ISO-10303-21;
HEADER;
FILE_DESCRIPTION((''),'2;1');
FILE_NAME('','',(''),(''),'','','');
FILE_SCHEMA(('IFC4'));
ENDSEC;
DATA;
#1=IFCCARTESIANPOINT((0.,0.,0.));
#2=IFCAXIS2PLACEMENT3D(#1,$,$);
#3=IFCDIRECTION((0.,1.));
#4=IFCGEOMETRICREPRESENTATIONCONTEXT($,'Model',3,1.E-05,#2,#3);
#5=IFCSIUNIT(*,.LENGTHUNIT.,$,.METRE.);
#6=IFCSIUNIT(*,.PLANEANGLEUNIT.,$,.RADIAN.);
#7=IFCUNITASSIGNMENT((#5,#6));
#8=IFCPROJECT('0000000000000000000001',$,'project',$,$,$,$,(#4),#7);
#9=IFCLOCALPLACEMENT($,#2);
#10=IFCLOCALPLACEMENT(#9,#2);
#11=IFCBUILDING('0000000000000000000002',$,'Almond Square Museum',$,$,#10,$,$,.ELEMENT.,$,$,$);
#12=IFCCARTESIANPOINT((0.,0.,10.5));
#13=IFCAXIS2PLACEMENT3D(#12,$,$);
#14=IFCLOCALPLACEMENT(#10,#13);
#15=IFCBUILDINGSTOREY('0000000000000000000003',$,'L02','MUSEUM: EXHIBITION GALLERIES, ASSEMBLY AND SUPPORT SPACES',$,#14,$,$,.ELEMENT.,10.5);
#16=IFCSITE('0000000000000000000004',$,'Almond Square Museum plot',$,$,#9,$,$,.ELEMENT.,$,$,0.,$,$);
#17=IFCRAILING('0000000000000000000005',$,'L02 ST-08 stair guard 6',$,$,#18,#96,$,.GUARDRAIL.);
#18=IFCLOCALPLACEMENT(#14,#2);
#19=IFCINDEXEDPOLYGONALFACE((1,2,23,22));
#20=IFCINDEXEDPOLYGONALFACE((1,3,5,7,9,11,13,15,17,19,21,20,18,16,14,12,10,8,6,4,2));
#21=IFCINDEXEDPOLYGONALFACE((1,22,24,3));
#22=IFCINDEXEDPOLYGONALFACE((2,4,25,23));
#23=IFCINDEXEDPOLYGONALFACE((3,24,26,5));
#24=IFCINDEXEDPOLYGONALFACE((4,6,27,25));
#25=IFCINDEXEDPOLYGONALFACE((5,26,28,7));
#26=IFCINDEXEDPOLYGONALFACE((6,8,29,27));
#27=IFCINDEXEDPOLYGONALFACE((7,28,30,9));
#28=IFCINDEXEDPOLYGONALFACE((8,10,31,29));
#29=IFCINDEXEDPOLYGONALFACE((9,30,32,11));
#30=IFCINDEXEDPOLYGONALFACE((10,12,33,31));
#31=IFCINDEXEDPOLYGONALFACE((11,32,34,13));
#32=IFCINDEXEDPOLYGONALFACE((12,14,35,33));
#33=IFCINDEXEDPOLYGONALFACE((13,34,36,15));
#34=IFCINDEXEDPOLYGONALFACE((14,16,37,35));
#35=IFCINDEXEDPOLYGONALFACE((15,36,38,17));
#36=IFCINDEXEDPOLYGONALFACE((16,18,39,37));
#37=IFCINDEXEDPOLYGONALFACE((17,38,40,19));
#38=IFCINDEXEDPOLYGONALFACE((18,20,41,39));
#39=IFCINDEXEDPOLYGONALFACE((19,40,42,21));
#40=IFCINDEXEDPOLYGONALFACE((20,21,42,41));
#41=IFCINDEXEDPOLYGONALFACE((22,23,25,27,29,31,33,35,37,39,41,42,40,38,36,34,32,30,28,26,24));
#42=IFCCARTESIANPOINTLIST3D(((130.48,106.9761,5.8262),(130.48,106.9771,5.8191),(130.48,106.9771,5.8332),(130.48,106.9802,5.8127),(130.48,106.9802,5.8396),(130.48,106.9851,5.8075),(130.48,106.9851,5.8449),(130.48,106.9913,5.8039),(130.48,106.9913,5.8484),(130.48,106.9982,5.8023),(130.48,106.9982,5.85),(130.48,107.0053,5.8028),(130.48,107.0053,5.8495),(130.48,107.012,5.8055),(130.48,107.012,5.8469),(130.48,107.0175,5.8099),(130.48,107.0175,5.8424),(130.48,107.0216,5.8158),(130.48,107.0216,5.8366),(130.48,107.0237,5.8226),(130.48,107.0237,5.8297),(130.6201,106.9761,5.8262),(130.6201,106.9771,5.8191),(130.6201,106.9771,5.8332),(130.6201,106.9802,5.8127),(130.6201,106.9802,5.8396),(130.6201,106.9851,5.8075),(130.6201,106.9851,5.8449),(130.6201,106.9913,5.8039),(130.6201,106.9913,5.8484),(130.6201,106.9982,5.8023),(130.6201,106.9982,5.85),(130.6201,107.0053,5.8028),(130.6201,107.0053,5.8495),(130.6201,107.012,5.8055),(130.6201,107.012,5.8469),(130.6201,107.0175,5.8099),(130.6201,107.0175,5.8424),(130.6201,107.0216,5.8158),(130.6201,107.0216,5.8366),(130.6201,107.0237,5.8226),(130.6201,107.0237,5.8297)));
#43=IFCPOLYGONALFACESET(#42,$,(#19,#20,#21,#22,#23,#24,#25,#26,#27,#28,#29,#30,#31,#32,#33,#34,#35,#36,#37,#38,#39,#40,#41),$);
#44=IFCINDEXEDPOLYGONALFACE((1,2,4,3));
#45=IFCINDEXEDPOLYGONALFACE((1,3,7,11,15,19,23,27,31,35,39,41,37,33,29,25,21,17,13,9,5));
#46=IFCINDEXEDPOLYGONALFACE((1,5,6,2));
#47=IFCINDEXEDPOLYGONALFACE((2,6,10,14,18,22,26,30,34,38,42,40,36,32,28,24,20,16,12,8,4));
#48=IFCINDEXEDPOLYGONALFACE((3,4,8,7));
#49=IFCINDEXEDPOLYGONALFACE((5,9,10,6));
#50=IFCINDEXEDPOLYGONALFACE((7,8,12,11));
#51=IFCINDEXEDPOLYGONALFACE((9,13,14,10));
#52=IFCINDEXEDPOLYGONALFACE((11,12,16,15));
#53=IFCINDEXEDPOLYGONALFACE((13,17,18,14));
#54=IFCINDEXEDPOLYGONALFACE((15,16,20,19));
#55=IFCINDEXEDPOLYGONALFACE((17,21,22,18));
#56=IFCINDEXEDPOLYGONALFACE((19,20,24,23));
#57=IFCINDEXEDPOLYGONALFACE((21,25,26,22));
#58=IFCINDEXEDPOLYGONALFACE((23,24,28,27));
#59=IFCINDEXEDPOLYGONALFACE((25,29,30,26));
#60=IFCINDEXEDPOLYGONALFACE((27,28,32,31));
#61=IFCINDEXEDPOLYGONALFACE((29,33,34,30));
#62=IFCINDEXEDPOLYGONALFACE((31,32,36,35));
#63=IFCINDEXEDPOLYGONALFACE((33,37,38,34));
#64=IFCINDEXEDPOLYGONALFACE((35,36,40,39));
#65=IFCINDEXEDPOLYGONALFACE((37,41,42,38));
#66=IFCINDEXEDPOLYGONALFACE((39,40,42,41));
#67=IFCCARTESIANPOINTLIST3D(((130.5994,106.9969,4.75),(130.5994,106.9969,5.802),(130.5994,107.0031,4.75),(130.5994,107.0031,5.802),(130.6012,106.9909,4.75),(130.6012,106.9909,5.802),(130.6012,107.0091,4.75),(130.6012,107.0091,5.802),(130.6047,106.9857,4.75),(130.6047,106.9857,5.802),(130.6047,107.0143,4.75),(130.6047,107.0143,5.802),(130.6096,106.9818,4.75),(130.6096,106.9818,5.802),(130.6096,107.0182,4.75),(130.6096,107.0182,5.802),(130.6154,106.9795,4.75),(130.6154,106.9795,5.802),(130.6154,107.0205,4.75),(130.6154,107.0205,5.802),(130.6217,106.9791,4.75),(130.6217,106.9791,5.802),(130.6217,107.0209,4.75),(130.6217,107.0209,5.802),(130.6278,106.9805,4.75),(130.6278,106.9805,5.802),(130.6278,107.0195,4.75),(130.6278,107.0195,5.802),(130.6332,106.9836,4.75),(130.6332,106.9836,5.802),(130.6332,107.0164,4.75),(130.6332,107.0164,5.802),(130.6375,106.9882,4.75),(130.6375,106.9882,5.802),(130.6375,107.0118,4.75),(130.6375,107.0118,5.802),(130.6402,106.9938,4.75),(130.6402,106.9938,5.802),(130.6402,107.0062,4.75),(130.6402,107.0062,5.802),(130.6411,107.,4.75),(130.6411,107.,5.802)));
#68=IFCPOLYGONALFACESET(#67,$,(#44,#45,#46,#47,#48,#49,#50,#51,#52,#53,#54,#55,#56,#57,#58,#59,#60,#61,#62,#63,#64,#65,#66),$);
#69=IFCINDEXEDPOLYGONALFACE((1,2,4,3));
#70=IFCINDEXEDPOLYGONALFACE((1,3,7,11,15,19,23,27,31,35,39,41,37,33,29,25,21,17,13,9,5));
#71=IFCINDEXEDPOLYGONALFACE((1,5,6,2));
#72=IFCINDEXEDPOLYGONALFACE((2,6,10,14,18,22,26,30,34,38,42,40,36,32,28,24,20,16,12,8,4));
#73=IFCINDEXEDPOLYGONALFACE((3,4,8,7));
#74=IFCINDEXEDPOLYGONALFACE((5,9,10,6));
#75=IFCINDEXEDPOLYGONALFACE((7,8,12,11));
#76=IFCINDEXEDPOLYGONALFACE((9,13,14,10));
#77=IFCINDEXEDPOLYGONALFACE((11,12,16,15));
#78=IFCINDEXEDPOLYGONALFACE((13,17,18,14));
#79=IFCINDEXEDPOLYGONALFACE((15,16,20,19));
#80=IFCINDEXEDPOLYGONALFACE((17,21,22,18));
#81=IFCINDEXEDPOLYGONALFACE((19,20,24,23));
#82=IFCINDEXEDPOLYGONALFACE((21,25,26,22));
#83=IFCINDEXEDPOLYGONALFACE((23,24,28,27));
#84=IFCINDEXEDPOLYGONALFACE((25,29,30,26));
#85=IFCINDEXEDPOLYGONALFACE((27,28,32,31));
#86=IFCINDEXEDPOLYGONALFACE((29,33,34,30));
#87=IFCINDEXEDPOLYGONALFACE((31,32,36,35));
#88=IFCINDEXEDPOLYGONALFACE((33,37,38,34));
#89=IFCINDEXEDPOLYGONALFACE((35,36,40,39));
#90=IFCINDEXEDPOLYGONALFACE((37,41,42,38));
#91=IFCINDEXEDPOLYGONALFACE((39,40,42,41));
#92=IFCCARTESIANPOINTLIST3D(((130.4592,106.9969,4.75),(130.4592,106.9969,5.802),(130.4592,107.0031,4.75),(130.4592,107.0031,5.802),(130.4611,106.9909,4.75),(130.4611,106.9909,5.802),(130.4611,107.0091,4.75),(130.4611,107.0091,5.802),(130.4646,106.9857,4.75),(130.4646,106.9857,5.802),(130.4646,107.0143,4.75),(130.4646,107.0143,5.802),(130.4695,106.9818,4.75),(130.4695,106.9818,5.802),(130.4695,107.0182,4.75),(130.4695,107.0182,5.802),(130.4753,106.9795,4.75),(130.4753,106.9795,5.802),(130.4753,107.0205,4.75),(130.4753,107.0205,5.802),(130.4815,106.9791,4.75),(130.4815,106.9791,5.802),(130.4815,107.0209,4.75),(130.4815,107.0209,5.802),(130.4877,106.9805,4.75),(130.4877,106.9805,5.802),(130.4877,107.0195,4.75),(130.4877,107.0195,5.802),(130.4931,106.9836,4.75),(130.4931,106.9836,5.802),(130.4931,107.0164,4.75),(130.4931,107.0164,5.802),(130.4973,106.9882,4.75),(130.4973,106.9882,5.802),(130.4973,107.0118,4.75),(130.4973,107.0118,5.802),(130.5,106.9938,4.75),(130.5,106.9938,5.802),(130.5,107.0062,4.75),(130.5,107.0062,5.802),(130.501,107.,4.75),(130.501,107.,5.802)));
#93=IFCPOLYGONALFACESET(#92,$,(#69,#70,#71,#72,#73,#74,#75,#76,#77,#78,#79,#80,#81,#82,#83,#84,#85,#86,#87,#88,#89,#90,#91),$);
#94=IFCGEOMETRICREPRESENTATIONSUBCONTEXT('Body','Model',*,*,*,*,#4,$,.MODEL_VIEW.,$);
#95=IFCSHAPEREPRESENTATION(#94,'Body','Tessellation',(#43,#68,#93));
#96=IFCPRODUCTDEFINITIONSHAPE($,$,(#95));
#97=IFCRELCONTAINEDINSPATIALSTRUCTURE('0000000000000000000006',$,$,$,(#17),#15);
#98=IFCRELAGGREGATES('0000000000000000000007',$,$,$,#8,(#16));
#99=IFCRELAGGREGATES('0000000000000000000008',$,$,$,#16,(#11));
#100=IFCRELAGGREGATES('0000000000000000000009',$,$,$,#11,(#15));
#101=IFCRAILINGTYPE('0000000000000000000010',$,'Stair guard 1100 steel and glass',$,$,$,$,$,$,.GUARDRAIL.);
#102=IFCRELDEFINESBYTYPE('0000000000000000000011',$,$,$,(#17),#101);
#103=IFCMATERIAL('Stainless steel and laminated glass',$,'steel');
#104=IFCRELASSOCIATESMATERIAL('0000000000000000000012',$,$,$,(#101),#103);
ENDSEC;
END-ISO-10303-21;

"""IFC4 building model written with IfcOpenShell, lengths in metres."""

from ifc_helpers import new_model, si_unit, direction, frame, origin, origin_2d, place, context, subcontext, project, spatial, circle, extrude, material, type_object, element, save


model = new_model("IFC4")

# Units and contexts
model_context = context("Model", 3, precision=1e-05, world=origin(), true_north=direction((0.0, 1.0)))
body_context = subcontext(model_context, "Body", "Model", "MODEL_VIEW")
ifc_project = project(units=[si_unit("LENGTHUNIT", "METRE"), si_unit("PLANEANGLEUNIT", "RADIAN")], contexts=[model_context])

# Site, building, storey
site_placement = place(None, origin())
site = spatial("IfcSite", under=ifc_project, at=site_placement, Name="Almond Square Museum plot", CompositionType="ELEMENT", RefElevation=0.0)
building_placement = place(site_placement, origin())
building = spatial("IfcBuilding", under=site, at=building_placement, Name="Almond Square Museum", CompositionType="ELEMENT")
storey_placement = place(building_placement, frame((0.0, 0.0, 10.5)))
storey = spatial("IfcBuildingStorey", under=building, at=storey_placement, Name="L02", Description="MUSEUM: EXHIBITION GALLERIES, ASSEMBLY AND SUPPORT SPACES", CompositionType="ELEMENT", Elevation=10.5)

# Railing
ifc_material_1 = material(Name="Stainless steel and laminated glass", Category="steel")
railing_type_1 = type_object("IfcRailingType", Name="Stair guard 1100 steel and glass", PredefinedType="GUARDRAIL", material=ifc_material_1)
railing_1_placement = place(storey_placement, frame((130.6201, 107.0, 4.75)))
element("IfcRailing", 1, at=railing_1_placement, inside=storey, type_object=railing_type_1, Name="L02 ST-08 stair guard 6", PredefinedType="GUARDRAIL", context=body_context, shape_type="SweptSolid", body=[
    extrude(circle(Radius=0.0239, at=origin_2d()), frame((0.0, 0.0, 1.0762), z_axis=(-1.0, 0.0, 0.0), x_axis=(0.0, -1.0, 0.0)), (0.0, 0.0, 1.0), 0.1401),
    extrude(circle(Radius=0.021, at=origin_2d()), origin(), (0.0, 0.0, 1.0), 1.052),
    extrude(circle(Radius=0.021, at=origin_2d()), frame((-0.1401, 0.0, 0.0)), (0.0, 0.0, 1.0), 1.052),
])

save(model, "model.ifc")
